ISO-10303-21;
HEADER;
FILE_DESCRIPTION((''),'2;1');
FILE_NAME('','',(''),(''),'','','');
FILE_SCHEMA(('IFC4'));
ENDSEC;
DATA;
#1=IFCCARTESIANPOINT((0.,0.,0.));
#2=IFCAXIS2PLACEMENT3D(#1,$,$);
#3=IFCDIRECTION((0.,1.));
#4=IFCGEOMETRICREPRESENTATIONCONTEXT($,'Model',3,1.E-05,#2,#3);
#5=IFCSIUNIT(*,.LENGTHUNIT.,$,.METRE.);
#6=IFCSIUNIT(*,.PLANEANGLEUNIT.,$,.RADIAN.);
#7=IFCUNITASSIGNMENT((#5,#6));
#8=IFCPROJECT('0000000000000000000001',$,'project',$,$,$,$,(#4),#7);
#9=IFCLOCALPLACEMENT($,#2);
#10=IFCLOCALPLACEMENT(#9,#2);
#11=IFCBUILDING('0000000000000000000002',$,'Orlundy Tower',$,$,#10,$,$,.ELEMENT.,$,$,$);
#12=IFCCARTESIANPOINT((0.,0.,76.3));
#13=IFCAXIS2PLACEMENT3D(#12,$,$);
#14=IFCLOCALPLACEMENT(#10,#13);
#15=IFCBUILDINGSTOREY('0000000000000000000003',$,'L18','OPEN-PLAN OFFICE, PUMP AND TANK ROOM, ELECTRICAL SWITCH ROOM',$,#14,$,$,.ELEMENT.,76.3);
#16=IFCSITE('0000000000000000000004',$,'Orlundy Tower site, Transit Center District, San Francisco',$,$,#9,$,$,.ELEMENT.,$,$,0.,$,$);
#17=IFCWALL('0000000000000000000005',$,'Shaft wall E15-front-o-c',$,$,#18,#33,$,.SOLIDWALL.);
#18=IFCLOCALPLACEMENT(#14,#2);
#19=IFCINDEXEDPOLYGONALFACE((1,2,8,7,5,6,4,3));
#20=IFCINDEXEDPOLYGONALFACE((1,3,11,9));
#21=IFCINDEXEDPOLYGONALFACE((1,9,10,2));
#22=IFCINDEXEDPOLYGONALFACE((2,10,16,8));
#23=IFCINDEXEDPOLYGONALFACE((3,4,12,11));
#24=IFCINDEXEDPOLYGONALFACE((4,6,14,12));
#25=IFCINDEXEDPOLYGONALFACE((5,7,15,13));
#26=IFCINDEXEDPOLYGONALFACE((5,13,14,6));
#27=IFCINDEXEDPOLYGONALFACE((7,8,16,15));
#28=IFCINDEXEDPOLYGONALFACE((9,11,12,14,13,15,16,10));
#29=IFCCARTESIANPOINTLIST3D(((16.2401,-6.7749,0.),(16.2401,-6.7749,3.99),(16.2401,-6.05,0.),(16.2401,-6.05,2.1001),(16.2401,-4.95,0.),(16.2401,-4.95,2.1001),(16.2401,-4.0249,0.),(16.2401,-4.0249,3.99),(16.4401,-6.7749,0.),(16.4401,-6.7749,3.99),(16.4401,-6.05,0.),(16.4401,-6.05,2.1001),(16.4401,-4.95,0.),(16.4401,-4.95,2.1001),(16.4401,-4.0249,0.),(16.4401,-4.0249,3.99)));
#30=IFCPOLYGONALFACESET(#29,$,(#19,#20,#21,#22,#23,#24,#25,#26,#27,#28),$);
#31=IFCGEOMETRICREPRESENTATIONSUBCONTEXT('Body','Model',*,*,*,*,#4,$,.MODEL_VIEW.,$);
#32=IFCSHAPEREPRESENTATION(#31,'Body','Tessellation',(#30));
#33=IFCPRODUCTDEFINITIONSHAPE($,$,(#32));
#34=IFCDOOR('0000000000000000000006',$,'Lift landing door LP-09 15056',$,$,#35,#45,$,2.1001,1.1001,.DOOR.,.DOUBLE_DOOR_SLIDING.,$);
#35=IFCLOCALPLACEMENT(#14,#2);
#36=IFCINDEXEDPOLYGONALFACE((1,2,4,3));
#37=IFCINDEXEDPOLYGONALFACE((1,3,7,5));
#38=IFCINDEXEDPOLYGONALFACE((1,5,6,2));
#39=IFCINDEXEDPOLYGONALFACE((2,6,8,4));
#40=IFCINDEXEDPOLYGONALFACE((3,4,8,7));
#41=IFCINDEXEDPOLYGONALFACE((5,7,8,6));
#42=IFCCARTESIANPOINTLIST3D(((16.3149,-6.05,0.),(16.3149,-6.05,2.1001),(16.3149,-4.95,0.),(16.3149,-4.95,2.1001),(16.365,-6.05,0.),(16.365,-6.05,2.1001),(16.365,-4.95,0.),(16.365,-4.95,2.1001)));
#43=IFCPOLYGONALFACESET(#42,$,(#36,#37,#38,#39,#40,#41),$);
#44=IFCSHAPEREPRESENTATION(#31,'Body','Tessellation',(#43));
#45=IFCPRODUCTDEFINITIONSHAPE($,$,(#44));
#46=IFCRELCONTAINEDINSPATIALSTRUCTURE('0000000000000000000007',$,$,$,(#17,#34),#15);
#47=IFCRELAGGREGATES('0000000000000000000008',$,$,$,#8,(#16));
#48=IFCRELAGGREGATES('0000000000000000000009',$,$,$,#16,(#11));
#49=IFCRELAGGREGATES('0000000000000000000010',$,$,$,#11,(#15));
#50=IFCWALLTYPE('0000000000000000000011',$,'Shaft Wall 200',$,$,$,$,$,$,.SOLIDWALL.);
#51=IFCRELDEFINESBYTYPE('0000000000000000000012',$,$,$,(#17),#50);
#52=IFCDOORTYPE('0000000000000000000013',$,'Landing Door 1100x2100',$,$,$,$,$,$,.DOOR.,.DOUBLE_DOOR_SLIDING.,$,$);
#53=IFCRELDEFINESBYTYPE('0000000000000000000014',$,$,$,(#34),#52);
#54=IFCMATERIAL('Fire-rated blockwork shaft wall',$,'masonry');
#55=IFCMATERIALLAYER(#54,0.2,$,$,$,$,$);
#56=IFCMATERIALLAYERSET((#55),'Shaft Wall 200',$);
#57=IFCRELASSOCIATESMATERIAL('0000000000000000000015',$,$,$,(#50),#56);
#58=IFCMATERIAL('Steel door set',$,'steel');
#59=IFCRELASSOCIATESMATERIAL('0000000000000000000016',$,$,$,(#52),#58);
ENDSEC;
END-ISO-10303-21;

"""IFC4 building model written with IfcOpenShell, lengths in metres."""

from ifc_helpers import new_model, si_unit, direction, frame, frame_2d, origin, place, context, subcontext, project, spatial, rectangle, extrude, material, layer, layer_set, type_object, element, fill, save


model = new_model("IFC4")

# Units and contexts
model_context = context("Model", 3, precision=1e-05, world=origin(), true_north=direction((0.0, 1.0)))
body_context = subcontext(model_context, "Body", "Model", "MODEL_VIEW")
ifc_project = project(units=[si_unit("LENGTHUNIT", "METRE"), si_unit("PLANEANGLEUNIT", "RADIAN")], contexts=[model_context])

# Site, building, storey
site_placement = place(None, origin())
site = spatial("IfcSite", under=ifc_project, at=site_placement, Name="Orlundy Tower site, Transit Center District, San Francisco", CompositionType="ELEMENT", RefElevation=0.0)
building_placement = place(site_placement, origin())
building = spatial("IfcBuilding", under=site, at=building_placement, Name="Orlundy Tower", CompositionType="ELEMENT")
storey_placement = place(building_placement, frame((0.0, 0.0, 76.3)))
storey = spatial("IfcBuildingStorey", under=building, at=storey_placement, Name="L18", Description="OPEN-PLAN OFFICE, PUMP AND TANK ROOM, ELECTRICAL SWITCH ROOM", CompositionType="ELEMENT", Elevation=76.3)

# Shared definitions
ifc_material_1 = material(Name="Fire-rated blockwork shaft wall", Category="masonry")
ifc_layer_1 = layer(ifc_material_1, 0.2)
ifc_layer_set_1 = layer_set([ifc_layer_1], Name="Shaft Wall 200")
wall_type_1 = type_object("IfcWallType", Name="Shaft Wall 200", PredefinedType="SOLIDWALL", material=ifc_layer_set_1)

# Shared definitions
ifc_material_2 = material(Name="Steel door set", Category="steel")
door_type_1 = type_object("IfcDoorType", Name="Landing Door 1100x2100", OperationType="DOUBLE_DOOR_SLIDING", PredefinedType="DOOR", material=ifc_material_2)

# Wall, opening, door
wall_1_placement = place(storey_placement, frame((16.3401, -4.0249, 0.0), z_axis=(0.0, 0.0, 1.0), x_axis=(0.0, -1.0, 0.0)))
wall_1 = element("IfcWall", 1, at=wall_1_placement, inside=storey, type_object=wall_type_1, Name="Shaft wall E15-front-o-c", PredefinedType="SOLIDWALL", context=body_context, shape_type="SweptSolid", body=[
    extrude(rectangle(XDim=2.75, YDim=0.2, at=frame_2d((1.375, 0.0))), origin(), (0.0, 0.0, 1.0), 3.99),
])
opening_1_placement = place(wall_1_placement, frame((0.925, 0.0, 0.0)))
opening_1 = element("IfcOpeningElement", 2, at=opening_1_placement, cuts=wall_1, PredefinedType="OPENING", context=body_context, shape_type="SweptSolid", body=[
    extrude(rectangle(XDim=1.1001, YDim=2.1001, at=frame_2d((0.55, 1.05))), frame((0.0, 0.1101, 0.0), z_axis=(0.0, -1.0, 0.0), x_axis=(1.0, 0.0, 0.0)), (0.0, 0.0, 1.0), 0.2202),
])
door_1_placement = place(opening_1_placement, origin())
door_1 = element("IfcDoor", 3, at=door_1_placement, inside=storey, type_object=door_type_1, Name="Lift landing door LP-09 15056", OperationType="DOUBLE_DOOR_SLIDING", OverallHeight=2.1001, OverallWidth=1.1001, PredefinedType="DOOR", context=body_context, shape_type="SweptSolid", body=[
    extrude(rectangle(XDim=1.1001, YDim=2.1001, at=frame_2d((0.55, 1.05))), frame((0.0, 0.0249, 0.0), z_axis=(0.0, -1.0, 0.0), x_axis=(1.0, 0.0, 0.0)), (0.0, 0.0, 1.0), 0.05),
])
fill(opening_1, door_1)

save(model, "model.ifc")
